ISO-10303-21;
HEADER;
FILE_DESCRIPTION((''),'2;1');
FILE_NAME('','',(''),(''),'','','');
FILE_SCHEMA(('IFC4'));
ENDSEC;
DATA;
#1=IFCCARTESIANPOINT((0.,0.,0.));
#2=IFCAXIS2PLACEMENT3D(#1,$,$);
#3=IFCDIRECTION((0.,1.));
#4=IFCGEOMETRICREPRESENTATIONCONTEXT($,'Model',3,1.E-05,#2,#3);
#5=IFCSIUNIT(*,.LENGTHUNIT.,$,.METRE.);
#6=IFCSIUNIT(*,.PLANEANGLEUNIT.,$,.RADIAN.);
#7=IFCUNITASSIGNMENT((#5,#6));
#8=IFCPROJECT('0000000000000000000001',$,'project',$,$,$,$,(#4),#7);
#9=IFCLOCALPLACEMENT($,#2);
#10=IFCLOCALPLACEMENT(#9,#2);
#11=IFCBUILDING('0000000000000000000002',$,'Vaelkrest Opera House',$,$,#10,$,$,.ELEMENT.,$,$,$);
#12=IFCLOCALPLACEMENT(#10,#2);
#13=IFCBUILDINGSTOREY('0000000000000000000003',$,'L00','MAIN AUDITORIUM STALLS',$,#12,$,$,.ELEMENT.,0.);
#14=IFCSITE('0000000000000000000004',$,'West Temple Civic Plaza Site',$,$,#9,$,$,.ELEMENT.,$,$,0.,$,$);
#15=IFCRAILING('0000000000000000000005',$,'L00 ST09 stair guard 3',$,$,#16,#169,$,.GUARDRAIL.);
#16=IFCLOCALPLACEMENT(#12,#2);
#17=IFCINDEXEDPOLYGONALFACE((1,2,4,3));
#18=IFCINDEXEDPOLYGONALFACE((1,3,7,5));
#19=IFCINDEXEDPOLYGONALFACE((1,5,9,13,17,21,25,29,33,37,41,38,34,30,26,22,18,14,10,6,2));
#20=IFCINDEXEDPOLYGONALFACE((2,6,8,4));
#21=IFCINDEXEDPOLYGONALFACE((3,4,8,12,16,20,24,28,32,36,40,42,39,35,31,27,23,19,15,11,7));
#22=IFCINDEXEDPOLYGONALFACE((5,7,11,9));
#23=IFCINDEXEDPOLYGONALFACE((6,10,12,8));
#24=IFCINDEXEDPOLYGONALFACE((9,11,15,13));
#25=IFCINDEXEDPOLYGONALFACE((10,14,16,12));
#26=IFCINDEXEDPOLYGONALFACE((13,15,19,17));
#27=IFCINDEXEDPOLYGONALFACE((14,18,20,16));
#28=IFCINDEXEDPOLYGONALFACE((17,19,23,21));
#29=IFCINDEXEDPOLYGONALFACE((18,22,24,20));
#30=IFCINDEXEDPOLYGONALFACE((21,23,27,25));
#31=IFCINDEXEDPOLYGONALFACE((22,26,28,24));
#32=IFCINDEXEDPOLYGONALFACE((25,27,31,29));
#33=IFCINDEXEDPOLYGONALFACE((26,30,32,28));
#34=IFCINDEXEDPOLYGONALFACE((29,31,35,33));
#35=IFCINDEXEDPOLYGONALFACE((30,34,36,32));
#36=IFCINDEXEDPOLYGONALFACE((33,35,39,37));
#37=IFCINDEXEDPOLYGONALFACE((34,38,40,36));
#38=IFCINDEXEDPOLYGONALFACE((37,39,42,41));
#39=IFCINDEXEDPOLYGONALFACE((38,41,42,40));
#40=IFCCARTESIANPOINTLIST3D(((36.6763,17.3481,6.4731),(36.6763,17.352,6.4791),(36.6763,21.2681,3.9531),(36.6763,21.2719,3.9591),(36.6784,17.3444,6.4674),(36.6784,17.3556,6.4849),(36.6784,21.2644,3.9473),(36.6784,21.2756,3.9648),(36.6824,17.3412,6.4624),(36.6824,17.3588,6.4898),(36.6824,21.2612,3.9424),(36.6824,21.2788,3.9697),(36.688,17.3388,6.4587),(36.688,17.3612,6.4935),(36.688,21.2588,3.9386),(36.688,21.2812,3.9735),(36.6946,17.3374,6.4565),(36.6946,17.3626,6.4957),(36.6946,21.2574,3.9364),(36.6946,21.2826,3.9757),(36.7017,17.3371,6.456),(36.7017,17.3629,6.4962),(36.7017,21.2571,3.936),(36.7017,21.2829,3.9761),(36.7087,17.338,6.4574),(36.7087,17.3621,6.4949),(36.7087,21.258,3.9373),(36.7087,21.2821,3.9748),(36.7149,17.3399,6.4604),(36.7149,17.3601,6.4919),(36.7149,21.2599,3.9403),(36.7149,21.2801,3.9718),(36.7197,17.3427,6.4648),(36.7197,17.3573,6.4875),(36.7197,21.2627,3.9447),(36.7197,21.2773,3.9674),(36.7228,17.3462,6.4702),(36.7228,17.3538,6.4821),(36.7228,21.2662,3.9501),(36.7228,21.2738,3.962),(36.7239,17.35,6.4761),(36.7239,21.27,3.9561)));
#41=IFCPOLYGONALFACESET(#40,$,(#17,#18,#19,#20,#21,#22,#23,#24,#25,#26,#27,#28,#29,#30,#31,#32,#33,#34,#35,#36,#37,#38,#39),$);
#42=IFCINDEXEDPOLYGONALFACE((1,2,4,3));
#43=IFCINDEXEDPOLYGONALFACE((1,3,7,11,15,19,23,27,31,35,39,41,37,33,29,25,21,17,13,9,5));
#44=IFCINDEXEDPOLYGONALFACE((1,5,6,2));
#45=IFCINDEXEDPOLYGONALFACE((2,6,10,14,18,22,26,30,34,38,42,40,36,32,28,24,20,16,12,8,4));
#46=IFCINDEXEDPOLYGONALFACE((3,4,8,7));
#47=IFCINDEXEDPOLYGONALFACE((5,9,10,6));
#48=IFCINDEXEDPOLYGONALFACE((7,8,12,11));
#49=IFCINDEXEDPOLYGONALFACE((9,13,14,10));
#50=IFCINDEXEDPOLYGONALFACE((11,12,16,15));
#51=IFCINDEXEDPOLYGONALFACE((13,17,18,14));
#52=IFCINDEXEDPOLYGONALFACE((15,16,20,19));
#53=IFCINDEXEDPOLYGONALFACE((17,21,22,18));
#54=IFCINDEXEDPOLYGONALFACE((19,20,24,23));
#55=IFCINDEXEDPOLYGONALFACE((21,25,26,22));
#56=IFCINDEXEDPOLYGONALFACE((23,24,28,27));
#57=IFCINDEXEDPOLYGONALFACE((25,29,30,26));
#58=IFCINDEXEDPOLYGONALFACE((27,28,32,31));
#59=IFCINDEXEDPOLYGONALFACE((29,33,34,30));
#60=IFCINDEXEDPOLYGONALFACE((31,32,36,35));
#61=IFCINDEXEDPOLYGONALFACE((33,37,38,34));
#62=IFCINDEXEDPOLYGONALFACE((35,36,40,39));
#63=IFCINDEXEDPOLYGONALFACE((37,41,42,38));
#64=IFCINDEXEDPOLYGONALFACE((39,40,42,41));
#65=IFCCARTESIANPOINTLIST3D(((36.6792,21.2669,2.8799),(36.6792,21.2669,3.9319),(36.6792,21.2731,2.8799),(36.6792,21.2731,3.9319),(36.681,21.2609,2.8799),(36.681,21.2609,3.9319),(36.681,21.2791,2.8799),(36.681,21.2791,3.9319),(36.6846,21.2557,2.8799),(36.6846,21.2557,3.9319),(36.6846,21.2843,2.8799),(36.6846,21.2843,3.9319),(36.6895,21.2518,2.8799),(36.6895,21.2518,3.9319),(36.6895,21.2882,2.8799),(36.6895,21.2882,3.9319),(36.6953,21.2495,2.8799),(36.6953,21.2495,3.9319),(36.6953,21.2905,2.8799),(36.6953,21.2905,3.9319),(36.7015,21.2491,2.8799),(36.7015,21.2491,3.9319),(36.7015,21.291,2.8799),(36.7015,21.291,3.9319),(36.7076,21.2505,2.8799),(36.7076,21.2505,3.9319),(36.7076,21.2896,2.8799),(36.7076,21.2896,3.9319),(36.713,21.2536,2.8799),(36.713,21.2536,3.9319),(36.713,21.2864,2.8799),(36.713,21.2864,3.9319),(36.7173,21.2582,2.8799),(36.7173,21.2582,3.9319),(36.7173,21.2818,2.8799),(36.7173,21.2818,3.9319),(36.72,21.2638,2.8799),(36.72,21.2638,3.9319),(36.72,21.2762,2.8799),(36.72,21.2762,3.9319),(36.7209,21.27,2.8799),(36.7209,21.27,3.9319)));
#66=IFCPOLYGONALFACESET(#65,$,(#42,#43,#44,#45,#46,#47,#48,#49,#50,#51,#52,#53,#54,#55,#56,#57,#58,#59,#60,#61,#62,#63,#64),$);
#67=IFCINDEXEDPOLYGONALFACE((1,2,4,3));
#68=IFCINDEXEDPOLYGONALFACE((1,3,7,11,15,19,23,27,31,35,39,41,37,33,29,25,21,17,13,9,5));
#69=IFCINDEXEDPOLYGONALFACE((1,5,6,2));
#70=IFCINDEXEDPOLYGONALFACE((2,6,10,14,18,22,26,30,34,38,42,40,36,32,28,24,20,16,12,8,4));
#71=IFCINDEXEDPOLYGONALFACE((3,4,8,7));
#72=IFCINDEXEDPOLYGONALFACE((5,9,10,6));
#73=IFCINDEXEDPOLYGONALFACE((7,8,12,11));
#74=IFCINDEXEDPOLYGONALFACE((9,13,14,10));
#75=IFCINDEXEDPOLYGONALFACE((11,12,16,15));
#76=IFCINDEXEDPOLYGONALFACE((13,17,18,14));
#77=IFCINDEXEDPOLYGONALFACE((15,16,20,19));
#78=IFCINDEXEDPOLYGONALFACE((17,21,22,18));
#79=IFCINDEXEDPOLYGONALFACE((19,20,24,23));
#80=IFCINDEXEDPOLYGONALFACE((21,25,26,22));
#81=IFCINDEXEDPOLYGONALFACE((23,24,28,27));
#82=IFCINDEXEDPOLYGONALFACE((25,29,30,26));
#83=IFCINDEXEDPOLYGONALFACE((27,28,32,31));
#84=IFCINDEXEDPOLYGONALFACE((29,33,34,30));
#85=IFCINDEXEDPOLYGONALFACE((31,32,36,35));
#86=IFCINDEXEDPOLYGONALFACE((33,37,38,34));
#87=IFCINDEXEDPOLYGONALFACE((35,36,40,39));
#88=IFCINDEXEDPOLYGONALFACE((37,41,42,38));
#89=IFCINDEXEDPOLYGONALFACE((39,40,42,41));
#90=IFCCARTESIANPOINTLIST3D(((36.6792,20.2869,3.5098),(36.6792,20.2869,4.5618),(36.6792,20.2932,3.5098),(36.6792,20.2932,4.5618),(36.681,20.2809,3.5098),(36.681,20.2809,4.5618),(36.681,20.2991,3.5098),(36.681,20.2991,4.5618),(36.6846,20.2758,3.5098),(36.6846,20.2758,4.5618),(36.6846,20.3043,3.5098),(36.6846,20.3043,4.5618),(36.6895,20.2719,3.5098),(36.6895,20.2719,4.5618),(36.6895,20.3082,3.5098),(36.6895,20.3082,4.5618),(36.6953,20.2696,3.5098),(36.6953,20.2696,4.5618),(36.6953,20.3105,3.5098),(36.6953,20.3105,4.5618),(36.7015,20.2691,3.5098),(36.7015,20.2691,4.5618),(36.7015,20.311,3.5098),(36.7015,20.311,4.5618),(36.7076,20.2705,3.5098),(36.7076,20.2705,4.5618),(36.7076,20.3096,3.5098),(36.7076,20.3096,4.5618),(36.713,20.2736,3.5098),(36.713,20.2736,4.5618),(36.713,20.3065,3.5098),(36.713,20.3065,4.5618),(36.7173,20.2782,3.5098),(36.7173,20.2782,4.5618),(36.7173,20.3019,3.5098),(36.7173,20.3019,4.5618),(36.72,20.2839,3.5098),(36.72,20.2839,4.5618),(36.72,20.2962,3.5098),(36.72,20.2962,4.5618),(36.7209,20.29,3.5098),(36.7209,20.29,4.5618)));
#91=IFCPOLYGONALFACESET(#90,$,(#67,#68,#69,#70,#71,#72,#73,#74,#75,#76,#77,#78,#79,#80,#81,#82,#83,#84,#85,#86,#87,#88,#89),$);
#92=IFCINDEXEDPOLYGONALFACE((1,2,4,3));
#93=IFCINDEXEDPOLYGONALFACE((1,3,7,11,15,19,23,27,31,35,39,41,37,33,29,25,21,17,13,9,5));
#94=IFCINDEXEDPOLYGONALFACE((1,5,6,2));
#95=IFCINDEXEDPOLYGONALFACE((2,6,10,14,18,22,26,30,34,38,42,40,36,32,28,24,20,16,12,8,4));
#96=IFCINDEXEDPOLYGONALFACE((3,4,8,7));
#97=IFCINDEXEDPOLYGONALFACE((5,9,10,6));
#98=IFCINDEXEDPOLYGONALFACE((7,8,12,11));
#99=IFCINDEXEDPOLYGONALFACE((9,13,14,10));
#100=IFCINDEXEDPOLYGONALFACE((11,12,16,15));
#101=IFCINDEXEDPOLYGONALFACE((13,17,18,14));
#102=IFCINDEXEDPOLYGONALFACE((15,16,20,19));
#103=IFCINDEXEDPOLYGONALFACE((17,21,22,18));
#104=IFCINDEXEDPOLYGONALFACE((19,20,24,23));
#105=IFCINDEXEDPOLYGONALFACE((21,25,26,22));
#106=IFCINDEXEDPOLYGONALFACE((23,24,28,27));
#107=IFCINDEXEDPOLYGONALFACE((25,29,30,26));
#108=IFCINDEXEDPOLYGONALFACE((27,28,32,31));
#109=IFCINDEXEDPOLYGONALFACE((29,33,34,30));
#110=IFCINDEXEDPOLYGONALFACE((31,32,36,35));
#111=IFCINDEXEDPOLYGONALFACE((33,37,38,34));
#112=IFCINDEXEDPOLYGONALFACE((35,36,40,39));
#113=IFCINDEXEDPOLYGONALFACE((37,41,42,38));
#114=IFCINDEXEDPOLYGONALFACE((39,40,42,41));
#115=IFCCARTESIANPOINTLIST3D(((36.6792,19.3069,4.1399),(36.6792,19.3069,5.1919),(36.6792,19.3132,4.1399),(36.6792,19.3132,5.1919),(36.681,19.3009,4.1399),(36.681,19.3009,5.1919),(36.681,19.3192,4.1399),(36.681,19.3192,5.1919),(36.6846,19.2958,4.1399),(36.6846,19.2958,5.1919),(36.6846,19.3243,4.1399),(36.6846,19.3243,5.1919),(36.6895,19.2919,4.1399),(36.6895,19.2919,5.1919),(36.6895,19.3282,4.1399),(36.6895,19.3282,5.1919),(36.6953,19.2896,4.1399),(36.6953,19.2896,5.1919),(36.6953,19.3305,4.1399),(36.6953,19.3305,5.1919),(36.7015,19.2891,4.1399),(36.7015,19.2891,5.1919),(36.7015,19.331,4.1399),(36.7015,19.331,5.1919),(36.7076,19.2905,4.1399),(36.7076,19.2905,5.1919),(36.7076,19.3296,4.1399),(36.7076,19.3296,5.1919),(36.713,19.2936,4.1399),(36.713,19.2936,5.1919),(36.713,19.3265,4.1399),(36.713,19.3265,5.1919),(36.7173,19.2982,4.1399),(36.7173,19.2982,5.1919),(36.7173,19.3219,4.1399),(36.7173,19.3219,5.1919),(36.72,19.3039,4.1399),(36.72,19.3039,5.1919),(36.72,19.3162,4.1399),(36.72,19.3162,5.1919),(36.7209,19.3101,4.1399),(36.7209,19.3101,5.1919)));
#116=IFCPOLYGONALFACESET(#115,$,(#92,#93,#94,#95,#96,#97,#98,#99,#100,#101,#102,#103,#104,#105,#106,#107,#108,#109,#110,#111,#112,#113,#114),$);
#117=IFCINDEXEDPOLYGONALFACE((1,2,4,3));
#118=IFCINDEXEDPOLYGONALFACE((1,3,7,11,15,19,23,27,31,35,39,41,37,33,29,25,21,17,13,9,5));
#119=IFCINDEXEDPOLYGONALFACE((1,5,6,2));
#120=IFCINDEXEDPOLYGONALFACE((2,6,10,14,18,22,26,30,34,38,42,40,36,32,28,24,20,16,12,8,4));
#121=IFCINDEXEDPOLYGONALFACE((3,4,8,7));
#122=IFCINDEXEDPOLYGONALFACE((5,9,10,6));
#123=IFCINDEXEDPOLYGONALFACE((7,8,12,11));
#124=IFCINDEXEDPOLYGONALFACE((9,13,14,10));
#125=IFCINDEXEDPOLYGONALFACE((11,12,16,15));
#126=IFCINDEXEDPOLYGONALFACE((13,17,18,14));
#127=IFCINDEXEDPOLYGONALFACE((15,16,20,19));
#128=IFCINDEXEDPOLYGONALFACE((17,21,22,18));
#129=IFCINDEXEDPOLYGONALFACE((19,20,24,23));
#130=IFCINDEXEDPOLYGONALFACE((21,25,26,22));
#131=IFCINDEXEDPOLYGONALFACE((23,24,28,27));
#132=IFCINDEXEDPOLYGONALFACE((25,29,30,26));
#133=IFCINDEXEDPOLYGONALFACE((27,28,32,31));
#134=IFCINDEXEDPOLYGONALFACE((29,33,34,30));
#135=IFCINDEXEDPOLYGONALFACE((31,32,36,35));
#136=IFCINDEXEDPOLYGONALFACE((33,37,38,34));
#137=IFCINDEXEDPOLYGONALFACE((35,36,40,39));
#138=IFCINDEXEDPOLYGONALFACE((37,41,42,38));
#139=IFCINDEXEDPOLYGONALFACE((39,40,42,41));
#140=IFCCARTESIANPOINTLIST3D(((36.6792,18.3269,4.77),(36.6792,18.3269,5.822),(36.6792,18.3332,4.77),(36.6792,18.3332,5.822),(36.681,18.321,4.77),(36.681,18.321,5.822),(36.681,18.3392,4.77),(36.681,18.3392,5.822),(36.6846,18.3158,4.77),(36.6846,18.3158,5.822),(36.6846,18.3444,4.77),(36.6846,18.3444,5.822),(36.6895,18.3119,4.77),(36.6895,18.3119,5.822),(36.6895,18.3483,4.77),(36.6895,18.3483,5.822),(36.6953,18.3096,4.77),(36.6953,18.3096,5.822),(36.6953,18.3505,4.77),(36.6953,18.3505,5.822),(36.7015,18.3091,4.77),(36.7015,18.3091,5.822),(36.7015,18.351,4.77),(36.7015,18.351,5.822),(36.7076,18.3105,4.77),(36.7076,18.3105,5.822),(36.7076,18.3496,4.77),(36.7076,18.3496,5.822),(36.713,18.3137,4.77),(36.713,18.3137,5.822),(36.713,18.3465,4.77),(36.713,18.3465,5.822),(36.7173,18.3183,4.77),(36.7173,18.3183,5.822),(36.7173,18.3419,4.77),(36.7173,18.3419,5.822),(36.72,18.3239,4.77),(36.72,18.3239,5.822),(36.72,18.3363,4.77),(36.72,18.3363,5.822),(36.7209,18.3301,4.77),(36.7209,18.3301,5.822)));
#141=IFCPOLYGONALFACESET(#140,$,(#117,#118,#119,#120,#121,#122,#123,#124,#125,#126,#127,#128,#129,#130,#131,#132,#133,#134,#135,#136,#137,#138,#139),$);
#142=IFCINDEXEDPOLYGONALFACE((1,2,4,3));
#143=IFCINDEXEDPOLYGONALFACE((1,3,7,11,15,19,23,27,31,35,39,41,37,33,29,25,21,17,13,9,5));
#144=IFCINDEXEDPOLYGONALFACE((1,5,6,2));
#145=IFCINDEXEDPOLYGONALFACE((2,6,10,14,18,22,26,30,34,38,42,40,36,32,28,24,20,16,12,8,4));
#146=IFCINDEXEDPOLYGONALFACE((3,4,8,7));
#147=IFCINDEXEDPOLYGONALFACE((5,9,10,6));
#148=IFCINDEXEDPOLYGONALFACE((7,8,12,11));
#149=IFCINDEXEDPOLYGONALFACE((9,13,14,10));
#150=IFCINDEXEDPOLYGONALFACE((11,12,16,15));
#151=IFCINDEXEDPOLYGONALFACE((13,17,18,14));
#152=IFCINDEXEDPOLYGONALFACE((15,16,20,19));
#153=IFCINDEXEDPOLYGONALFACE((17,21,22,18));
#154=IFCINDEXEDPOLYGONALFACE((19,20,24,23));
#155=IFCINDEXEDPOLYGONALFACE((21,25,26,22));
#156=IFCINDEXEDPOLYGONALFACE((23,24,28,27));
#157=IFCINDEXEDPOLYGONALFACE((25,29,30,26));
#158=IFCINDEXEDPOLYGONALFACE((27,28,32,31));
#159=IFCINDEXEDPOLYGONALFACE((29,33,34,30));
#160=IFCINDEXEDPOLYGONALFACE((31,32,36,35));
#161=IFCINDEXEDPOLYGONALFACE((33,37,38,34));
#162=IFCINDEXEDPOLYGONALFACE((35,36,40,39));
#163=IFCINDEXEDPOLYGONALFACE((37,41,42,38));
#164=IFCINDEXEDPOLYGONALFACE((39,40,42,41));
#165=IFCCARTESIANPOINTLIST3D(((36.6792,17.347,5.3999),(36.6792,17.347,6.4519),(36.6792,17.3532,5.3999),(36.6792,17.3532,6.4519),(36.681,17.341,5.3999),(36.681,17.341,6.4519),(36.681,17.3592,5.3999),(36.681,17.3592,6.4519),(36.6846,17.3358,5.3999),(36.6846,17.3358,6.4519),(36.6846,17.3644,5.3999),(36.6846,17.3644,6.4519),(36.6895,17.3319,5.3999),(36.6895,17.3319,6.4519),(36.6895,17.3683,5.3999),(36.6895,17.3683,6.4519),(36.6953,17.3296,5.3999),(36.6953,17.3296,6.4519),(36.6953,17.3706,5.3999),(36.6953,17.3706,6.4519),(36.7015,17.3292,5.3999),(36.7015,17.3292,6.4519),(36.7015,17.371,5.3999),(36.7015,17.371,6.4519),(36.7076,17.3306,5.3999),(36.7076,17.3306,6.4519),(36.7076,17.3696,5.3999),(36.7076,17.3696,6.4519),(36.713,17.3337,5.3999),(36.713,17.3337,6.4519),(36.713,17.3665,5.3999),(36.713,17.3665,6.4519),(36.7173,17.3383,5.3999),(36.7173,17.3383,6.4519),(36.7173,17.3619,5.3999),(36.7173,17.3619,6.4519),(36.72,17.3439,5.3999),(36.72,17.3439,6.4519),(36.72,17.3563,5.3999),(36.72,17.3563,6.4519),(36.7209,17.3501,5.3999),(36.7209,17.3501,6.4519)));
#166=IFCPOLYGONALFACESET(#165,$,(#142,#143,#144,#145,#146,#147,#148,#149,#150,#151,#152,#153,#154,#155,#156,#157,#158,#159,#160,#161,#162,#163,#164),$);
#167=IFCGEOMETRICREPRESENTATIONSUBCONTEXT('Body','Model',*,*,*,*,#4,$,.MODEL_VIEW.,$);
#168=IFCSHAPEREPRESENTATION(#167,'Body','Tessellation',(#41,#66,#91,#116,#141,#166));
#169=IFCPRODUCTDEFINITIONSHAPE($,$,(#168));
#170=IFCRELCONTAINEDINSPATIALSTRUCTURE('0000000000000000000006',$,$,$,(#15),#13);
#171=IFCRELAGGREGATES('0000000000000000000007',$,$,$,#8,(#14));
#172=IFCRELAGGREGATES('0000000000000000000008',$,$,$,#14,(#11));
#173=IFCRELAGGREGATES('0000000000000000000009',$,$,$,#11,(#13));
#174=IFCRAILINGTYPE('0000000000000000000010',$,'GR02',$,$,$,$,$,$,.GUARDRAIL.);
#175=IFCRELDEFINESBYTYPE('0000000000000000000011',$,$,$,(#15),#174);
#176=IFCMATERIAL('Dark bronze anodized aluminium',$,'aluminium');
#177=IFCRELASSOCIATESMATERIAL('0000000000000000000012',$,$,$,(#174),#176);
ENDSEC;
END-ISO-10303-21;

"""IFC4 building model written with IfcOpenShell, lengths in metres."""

from ifc_helpers import new_model, si_unit, direction, frame, origin, origin_2d, place, context, subcontext, project, spatial, circle, extrude, material, type_object, element, save


model = new_model("IFC4")

# Units and contexts
model_context = context("Model", 3, precision=1e-05, world=origin(), true_north=direction((0.0, 1.0)))
body_context = subcontext(model_context, "Body", "Model", "MODEL_VIEW")
ifc_project = project(units=[si_unit("LENGTHUNIT", "METRE"), si_unit("PLANEANGLEUNIT", "RADIAN")], contexts=[model_context])

# Site, building, storey
site_placement = place(None, origin())
site = spatial("IfcSite", under=ifc_project, at=site_placement, Name="West Temple Civic Plaza Site", CompositionType="ELEMENT", RefElevation=0.0)
building_placement = place(site_placement, origin())
building = spatial("IfcBuilding", under=site, at=building_placement, Name="Vaelkrest Opera House", CompositionType="ELEMENT")
storey_placement = place(building_placement, origin())
storey = spatial("IfcBuildingStorey", under=building, at=storey_placement, Name="L00", Description="MAIN AUDITORIUM STALLS", CompositionType="ELEMENT", Elevation=0.0)

# Shared definitions
ifc_material_1 = material(Name="Dark bronze anodized aluminium", Category="aluminium")

# Railing
railing_type_1 = type_object("IfcRailingType", Name="GR02", PredefinedType="GUARDRAIL", material=ifc_material_1)
railing_1_placement = place(storey_placement, frame((36.7, 21.27, 2.8799)))
element("IfcRailing", 1, at=railing_1_placement, inside=storey, type_object=railing_type_1, Name="L00 ST09 stair guard 3", PredefinedType="GUARDRAIL", context=body_context, shape_type="SweptSolid", body=[
    extrude(circle(Radius=0.0239, at=origin_2d()), frame((0.0, 0.0, 1.0762), z_axis=(0.0, -0.841172, 0.540768), x_axis=(1.0, 0.0, 0.0)), (0.0, 0.0, 1.0), 4.6602),
    extrude(circle(Radius=0.021, at=origin_2d()), origin(), (0.0, 0.0, 1.0), 1.052),
    extrude(circle(Radius=0.021, at=origin_2d()), frame((0.0, -0.98, 0.6299)), (0.0, 0.0, 1.0), 1.052),
    extrude(circle(Radius=0.021, at=origin_2d()), frame((0.0, -1.96, 1.26)), (0.0, 0.0, 1.0), 1.052),
    extrude(circle(Radius=0.021, at=origin_2d()), frame((0.0, -2.9399, 1.8901)), (0.0, 0.0, 1.0), 1.052),
    extrude(circle(Radius=0.021, at=origin_2d()), frame((0.0, -3.9199, 2.52)), (0.0, 0.0, 1.0), 1.052),
])

save(model, "model.ifc")
